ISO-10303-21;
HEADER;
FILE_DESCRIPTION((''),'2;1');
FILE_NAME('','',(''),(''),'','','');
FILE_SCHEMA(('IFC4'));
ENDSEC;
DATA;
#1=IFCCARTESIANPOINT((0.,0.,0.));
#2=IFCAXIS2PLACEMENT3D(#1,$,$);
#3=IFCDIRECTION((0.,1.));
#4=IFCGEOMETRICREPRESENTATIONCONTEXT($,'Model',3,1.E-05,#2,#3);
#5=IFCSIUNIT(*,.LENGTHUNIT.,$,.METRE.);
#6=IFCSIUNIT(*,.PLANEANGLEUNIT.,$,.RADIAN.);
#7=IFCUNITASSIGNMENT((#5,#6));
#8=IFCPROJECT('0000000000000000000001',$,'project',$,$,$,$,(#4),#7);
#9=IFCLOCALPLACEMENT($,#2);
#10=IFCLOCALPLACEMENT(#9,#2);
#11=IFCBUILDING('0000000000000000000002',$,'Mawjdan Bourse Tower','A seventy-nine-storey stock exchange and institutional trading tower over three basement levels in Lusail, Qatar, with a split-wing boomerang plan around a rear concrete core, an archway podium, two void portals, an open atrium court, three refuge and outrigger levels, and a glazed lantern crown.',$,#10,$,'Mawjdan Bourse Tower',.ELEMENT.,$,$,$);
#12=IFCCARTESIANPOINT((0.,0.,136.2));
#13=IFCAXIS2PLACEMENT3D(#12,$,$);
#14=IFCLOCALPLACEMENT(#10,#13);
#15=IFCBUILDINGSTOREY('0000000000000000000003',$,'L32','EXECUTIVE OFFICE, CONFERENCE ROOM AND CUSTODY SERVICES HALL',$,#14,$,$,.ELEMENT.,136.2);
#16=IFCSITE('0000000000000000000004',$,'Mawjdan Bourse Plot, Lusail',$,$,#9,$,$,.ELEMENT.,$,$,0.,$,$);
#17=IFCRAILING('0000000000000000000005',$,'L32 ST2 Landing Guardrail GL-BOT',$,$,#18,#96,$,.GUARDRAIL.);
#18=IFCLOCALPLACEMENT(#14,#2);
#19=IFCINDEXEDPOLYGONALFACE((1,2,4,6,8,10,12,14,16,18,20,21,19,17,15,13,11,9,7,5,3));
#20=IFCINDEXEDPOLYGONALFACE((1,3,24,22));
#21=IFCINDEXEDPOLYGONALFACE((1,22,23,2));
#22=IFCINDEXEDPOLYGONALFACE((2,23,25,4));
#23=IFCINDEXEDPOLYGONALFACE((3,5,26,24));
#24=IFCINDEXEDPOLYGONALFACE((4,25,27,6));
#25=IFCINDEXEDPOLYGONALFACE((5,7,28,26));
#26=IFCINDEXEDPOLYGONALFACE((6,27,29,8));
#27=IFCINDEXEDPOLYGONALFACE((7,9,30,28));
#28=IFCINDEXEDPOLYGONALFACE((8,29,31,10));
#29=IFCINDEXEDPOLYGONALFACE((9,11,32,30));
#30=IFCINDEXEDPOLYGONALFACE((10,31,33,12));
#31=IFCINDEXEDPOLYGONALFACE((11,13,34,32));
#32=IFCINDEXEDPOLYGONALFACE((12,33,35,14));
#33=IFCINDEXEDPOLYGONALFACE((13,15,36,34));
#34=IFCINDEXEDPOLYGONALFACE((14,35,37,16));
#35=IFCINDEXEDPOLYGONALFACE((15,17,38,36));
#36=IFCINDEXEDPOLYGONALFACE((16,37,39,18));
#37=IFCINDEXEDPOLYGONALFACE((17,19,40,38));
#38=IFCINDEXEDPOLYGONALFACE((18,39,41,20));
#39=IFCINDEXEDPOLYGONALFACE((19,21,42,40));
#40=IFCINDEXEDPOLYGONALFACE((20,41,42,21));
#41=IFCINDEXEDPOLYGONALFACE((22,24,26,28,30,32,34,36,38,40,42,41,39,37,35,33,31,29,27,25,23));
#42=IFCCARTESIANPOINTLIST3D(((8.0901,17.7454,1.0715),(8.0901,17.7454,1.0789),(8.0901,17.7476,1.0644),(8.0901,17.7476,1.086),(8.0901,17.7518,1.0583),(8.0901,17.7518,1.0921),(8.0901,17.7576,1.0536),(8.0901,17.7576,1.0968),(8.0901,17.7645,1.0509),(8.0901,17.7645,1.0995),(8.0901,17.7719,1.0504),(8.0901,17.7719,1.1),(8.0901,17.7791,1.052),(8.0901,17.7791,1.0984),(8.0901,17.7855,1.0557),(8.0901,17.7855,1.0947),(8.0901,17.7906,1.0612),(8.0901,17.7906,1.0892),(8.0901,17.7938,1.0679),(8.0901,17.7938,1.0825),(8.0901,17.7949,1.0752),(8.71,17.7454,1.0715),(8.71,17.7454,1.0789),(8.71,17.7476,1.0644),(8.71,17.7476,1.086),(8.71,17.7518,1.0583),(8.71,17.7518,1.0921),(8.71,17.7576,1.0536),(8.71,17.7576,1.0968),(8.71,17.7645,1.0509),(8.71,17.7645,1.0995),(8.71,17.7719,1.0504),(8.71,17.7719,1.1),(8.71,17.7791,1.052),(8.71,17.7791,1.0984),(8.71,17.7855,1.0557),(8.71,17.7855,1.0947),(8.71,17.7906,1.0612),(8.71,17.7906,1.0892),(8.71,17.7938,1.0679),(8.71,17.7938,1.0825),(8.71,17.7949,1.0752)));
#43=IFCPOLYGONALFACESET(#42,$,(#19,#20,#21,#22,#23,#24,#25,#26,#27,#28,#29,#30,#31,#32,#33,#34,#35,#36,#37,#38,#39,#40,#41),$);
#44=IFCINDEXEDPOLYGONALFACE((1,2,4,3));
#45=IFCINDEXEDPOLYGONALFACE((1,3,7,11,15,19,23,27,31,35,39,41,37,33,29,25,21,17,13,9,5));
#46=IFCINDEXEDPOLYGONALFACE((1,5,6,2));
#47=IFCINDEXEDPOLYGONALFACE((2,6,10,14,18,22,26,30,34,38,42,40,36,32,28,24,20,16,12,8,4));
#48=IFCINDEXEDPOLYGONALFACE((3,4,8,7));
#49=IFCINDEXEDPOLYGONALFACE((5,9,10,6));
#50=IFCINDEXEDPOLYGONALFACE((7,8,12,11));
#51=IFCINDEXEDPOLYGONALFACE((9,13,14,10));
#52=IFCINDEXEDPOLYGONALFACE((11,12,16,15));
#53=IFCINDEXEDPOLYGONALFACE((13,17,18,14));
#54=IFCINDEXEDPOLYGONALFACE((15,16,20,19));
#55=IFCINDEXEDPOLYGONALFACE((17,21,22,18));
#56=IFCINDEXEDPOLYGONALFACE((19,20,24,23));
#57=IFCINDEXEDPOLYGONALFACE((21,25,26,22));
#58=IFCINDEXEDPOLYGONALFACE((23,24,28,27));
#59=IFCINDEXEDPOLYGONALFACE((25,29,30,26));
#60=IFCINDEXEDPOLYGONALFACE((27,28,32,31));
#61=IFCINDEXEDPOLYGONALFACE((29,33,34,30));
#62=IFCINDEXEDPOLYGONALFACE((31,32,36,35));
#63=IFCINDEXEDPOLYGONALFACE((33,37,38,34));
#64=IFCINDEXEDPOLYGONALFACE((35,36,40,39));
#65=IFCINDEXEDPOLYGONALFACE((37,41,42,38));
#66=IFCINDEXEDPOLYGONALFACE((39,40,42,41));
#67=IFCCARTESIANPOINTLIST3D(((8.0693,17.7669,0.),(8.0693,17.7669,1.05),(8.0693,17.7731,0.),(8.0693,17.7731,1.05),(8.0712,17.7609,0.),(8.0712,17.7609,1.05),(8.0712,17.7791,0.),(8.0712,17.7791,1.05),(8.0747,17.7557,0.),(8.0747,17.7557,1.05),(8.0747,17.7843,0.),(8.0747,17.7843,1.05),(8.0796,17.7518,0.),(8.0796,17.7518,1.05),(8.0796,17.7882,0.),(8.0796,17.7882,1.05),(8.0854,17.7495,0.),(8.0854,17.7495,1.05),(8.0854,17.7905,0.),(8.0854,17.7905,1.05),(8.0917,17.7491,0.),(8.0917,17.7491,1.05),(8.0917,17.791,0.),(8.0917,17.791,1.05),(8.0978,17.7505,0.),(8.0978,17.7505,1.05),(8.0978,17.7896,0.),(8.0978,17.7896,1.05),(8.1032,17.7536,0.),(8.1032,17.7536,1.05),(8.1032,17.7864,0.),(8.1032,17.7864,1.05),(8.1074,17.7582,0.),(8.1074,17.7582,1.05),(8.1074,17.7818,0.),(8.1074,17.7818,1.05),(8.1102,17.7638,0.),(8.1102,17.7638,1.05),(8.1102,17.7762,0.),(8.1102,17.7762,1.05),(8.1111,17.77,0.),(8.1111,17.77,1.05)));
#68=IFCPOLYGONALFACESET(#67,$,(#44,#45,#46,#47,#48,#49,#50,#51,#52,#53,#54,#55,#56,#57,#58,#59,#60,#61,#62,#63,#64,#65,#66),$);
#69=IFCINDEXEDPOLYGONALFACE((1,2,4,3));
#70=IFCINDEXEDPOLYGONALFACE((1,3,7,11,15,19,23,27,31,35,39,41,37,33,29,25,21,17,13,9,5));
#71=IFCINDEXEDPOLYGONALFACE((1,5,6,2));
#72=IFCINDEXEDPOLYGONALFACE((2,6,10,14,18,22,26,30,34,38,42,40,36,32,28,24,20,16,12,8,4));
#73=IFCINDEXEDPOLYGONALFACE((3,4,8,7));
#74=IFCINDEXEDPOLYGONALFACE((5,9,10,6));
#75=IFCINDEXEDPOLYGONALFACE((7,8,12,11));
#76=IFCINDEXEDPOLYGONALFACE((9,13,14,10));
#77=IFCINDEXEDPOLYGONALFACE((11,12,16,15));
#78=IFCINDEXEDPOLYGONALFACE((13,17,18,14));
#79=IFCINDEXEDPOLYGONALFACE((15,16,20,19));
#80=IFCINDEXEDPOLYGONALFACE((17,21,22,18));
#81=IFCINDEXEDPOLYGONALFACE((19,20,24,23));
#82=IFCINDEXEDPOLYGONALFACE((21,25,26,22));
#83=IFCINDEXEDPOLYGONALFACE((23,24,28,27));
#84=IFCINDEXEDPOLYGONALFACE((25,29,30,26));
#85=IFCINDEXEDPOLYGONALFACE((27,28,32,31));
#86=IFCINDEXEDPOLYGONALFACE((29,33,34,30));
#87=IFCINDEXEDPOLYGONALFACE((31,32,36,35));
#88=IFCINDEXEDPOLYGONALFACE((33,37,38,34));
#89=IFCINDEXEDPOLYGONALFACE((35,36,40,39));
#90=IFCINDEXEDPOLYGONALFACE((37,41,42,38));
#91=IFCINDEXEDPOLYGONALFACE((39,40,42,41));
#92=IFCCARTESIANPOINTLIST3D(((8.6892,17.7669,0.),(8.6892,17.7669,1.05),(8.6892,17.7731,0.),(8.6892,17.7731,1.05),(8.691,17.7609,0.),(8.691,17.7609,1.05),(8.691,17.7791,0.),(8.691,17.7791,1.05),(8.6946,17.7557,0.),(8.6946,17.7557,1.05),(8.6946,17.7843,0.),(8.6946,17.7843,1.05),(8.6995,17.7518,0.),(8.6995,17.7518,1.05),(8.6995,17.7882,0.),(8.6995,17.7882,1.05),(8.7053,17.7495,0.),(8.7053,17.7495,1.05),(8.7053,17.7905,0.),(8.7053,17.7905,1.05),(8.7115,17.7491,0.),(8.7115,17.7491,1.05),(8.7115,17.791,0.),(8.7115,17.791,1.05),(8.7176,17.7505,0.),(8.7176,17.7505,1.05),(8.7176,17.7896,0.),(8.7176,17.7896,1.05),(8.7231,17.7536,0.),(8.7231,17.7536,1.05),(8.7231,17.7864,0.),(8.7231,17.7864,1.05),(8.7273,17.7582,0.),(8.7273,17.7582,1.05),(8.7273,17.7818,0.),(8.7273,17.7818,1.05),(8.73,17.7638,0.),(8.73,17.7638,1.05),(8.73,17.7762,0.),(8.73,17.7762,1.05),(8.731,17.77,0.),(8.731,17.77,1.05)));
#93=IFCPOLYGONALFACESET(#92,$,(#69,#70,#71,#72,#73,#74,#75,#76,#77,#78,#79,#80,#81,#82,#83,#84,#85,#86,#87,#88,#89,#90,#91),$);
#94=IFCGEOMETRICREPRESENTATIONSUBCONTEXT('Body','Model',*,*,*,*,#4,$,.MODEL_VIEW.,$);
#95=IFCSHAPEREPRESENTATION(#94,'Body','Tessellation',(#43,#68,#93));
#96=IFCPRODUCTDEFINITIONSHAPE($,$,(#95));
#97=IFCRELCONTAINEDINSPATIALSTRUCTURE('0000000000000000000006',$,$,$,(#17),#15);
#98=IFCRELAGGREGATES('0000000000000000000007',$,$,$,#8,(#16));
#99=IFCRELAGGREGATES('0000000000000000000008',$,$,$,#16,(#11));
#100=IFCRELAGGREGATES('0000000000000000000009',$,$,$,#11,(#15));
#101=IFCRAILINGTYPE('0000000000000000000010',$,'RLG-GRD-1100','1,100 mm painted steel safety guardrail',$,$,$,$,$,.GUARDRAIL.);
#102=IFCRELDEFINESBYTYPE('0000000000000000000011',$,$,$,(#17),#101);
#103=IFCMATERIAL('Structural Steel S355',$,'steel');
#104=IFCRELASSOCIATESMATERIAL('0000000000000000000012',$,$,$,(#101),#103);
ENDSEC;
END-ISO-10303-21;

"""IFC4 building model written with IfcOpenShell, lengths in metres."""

from ifc_helpers import new_model, si_unit, direction, frame, origin, origin_2d, place, context, subcontext, project, spatial, circle, extrude, material, type_object, element, save


model = new_model("IFC4")

# Units and contexts
model_context = context("Model", 3, precision=1e-05, world=origin(), true_north=direction((0.0, 1.0)))
body_context = subcontext(model_context, "Body", "Model", "MODEL_VIEW")
ifc_project = project(units=[si_unit("LENGTHUNIT", "METRE"), si_unit("PLANEANGLEUNIT", "RADIAN")], contexts=[model_context])

# Site, building, storey
site_placement = place(None, origin())
site = spatial("IfcSite", under=ifc_project, at=site_placement, Name="Mawjdan Bourse Plot, Lusail", CompositionType="ELEMENT", RefElevation=0.0)
building_placement = place(site_placement, origin())
building = spatial("IfcBuilding", under=site, at=building_placement, Name="Mawjdan Bourse Tower", Description="A seventy-nine-storey stock exchange and institutional trading tower over three basement levels in Lusail, Qatar, with a split-wing boomerang plan around a rear concrete core, an archway podium, two void portals, an open atrium court, three refuge and outrigger levels, and a glazed lantern crown.", LongName="Mawjdan Bourse Tower", CompositionType="ELEMENT")
storey_placement = place(building_placement, frame((0.0, 0.0, 136.2)))
storey = spatial("IfcBuildingStorey", under=building, at=storey_placement, Name="L32", Description="EXECUTIVE OFFICE, CONFERENCE ROOM AND CUSTODY SERVICES HALL", CompositionType="ELEMENT", Elevation=136.2)

# Shared definitions
ifc_material_1 = material(Name="Structural Steel S355", Category="steel")

# Railing
railing_type_1 = type_object("IfcRailingType", Name="RLG-GRD-1100", Description="1,100 mm painted steel safety guardrail", PredefinedType="GUARDRAIL", material=ifc_material_1)
for number, where, name in (
    (1, (8.0901, 17.77, 0.0), "L32 ST2 Landing Guardrail GL-BOT"),
):
    element("IfcRailing", number, at=place(storey_placement, frame(where)), inside=storey, type_object=railing_type_1, Name=name, PredefinedType="GUARDRAIL", context=body_context, shape_type="SweptSolid", body=[
        extrude(circle(Radius=0.0249, at=origin_2d()), frame((0.0, 0.0, 1.0752), z_axis=(1.0, 0.0, 0.0), x_axis=(0.0, 1.0, 0.0)), (0.0, 0.0, 1.0), 0.6199),
        extrude(circle(Radius=0.021, at=origin_2d()), origin(), (0.0, 0.0, 1.0), 1.05),
        extrude(circle(Radius=0.021, at=origin_2d()), frame((0.6199, 0.0, 0.0)), (0.0, 0.0, 1.0), 1.05),
    ])

save(model, "model.ifc")
